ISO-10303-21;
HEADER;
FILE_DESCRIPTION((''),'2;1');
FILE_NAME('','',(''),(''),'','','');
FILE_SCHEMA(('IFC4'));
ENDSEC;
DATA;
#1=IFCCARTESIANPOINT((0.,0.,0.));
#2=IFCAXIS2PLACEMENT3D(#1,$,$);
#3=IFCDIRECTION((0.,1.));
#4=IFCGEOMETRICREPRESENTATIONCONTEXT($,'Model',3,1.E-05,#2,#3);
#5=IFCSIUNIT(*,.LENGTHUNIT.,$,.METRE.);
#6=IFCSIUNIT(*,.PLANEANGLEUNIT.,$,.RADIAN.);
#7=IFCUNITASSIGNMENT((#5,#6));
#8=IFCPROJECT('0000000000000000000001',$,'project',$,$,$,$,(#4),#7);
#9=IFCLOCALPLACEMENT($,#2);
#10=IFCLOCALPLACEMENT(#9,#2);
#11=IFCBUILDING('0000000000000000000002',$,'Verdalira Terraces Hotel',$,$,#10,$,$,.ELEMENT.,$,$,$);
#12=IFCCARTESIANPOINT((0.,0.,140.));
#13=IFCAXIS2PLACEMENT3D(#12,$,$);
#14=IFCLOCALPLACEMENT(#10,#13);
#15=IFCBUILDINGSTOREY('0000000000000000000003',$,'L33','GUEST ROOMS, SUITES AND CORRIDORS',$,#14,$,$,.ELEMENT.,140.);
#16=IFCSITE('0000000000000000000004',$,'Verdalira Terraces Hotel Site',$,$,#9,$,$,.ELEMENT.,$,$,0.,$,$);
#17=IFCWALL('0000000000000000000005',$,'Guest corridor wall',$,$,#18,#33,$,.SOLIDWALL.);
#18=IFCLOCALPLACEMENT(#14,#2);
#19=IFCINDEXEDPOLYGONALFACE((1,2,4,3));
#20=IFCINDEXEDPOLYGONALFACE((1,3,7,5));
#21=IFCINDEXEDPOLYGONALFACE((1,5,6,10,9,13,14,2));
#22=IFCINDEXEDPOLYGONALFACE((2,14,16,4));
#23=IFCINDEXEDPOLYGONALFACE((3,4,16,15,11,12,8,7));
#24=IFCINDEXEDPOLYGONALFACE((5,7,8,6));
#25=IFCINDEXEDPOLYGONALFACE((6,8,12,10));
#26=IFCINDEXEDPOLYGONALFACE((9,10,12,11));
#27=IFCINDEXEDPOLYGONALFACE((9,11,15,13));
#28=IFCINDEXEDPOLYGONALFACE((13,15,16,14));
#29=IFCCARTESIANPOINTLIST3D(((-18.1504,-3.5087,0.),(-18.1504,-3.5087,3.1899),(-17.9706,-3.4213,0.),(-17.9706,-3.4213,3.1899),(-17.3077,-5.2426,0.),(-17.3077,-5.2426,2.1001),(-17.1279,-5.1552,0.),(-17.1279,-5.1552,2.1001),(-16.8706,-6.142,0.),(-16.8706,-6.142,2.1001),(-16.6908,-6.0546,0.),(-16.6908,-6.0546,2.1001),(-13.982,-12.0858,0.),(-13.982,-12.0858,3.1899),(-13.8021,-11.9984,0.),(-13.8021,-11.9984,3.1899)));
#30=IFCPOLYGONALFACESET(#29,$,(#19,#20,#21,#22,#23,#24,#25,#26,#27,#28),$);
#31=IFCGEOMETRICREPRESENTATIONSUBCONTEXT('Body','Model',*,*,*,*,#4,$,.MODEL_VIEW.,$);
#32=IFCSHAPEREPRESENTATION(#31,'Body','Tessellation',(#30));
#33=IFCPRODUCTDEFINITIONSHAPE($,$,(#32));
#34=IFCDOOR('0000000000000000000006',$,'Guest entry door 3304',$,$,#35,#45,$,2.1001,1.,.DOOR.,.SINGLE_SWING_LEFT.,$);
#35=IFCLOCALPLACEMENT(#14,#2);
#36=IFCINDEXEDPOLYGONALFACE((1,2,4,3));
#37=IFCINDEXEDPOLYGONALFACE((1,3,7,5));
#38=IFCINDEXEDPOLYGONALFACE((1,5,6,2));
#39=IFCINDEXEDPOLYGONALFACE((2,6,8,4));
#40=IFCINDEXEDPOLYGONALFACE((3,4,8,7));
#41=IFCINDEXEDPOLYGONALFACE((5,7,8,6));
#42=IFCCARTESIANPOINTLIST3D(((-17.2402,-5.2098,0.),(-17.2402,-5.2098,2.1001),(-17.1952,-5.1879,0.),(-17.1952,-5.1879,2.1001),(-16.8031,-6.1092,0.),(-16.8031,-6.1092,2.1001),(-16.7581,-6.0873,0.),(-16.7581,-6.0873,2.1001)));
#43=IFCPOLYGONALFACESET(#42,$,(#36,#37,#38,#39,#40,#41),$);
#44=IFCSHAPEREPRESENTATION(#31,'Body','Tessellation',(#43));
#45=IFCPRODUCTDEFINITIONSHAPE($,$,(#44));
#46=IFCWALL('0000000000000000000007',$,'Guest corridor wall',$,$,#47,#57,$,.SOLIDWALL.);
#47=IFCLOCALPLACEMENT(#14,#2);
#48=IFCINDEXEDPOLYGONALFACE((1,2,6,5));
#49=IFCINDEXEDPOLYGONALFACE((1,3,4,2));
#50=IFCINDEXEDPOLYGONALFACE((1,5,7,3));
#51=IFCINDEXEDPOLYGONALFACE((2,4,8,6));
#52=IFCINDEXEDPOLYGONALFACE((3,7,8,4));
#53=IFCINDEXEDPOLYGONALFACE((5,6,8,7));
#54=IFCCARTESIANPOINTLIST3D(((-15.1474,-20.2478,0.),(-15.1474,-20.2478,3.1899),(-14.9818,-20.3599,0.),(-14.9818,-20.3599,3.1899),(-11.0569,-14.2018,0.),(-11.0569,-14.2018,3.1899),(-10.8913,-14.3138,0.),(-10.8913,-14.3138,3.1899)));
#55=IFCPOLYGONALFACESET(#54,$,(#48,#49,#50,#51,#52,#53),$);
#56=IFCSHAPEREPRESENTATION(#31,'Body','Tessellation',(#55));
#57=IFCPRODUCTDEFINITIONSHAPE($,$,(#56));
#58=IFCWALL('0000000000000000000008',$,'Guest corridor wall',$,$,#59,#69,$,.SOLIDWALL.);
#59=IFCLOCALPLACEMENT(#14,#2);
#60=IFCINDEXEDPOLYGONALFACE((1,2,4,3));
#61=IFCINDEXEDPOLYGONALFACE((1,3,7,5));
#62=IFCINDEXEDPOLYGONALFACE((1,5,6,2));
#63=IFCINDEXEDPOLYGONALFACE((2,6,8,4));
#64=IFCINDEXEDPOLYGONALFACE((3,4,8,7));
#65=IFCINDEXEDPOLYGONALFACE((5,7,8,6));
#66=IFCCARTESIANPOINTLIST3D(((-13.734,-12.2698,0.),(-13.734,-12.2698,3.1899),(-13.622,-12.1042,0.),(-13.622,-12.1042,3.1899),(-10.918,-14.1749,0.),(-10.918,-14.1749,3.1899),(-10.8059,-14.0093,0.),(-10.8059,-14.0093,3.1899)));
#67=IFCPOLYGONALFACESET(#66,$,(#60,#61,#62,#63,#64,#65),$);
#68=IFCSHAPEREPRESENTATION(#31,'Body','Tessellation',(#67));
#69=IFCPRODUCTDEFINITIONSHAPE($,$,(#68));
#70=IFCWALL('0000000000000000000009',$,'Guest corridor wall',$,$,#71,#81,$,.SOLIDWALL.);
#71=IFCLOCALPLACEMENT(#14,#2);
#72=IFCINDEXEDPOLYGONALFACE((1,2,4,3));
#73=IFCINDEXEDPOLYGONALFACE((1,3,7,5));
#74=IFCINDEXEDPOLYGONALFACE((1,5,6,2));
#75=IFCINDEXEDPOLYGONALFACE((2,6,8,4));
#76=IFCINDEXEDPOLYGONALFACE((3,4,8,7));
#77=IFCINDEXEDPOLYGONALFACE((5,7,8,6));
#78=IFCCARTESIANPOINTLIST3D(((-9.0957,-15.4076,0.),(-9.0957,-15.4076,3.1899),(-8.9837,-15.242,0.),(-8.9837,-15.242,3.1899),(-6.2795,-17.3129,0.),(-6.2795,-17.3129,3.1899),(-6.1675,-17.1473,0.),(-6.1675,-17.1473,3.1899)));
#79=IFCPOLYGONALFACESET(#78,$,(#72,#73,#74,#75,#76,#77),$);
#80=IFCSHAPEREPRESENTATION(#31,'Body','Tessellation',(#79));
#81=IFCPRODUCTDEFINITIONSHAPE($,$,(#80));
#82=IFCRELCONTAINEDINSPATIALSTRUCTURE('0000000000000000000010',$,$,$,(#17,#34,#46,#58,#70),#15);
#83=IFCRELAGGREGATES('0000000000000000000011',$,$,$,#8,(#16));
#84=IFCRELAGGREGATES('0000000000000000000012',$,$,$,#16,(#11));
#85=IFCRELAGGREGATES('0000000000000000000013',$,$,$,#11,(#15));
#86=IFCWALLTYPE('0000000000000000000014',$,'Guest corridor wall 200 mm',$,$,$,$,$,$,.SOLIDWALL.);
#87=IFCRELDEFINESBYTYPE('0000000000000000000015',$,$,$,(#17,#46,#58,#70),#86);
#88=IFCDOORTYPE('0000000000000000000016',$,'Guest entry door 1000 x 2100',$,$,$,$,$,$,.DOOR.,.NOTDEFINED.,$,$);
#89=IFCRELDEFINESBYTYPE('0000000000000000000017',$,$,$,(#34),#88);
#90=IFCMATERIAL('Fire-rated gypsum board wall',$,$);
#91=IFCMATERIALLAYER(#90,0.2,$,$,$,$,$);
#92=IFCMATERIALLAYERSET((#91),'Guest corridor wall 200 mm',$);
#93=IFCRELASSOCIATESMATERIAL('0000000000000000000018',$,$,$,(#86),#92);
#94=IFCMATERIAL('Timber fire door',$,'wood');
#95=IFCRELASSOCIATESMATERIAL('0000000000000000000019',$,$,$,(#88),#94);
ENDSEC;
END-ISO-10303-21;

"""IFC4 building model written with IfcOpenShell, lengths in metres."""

from ifc_helpers import new_model, si_unit, direction, frame, frame_2d, origin, place, context, subcontext, project, spatial, rectangle, extrude, material, layer, layer_set, type_object, element, fill, save


model = new_model("IFC4")

# Units and contexts
model_context = context("Model", 3, precision=1e-05, world=origin(), true_north=direction((0.0, 1.0)))
body_context = subcontext(model_context, "Body", "Model", "MODEL_VIEW")
ifc_project = project(units=[si_unit("LENGTHUNIT", "METRE"), si_unit("PLANEANGLEUNIT", "RADIAN")], contexts=[model_context])

# Site, building, storey
site_placement = place(None, origin())
site = spatial("IfcSite", under=ifc_project, at=site_placement, Name="Verdalira Terraces Hotel Site", CompositionType="ELEMENT", RefElevation=0.0)
building_placement = place(site_placement, origin())
building = spatial("IfcBuilding", under=site, at=building_placement, Name="Verdalira Terraces Hotel", CompositionType="ELEMENT")
storey_placement = place(building_placement, frame((0.0, 0.0, 140.0)))
storey = spatial("IfcBuildingStorey", under=building, at=storey_placement, Name="L33", Description="GUEST ROOMS, SUITES AND CORRIDORS", CompositionType="ELEMENT", Elevation=140.0)

# Wall, opening, door
ifc_material_1 = material(Name="Fire-rated gypsum board wall")
ifc_layer_1 = layer(ifc_material_1, 0.2)
ifc_layer_set_1 = layer_set([ifc_layer_1], Name="Guest corridor wall 200 mm")
wall_type_1 = type_object("IfcWallType", Name="Guest corridor wall 200 mm", PredefinedType="SOLIDWALL", material=ifc_layer_set_1)
wall_1_placement = place(storey_placement, frame((-13.8921, -12.042, 0.0), z_axis=(0.0, 0.0, 1.0), x_axis=(-0.437109, 0.899409, 0.0)))
wall_1 = element("IfcWall", 1, at=wall_1_placement, inside=storey, type_object=wall_type_1, Name="Guest corridor wall", PredefinedType="SOLIDWALL", context=body_context, shape_type="SweptSolid", body=[
    extrude(rectangle(XDim=9.5364, YDim=0.2, at=frame_2d((4.7681, 0.0))), origin(), (0.0, 0.0, 1.0), 3.1899),
])
opening_1_placement = place(wall_1_placement, frame((6.6084, 0.0, 0.0)))
opening_1 = element("IfcOpeningElement", 2, at=opening_1_placement, cuts=wall_1, PredefinedType="OPENING", context=body_context, shape_type="SweptSolid", body=[
    extrude(rectangle(XDim=1.0, YDim=2.1001, at=frame_2d((0.5, 1.05))), frame((0.0, 0.1099, 0.0), z_axis=(0.0, -1.0, 0.0), x_axis=(1.0, 0.0, 0.0)), (0.0, 0.0, 1.0), 0.22),
])
ifc_material_2 = material(Name="Timber fire door", Category="wood")
door_type_1 = type_object("IfcDoorType", Name="Guest entry door 1000 x 2100", OperationType="NOTDEFINED", PredefinedType="DOOR", material=ifc_material_2)
door_1_placement = place(opening_1_placement, origin())
door_1 = element("IfcDoor", 3, at=door_1_placement, inside=storey, type_object=door_type_1, Name="Guest entry door 3304", OperationType="SINGLE_SWING_LEFT", OverallHeight=2.1001, OverallWidth=1.0, PredefinedType="DOOR", context=body_context, shape_type="SweptSolid", body=[
    extrude(rectangle(XDim=1.0, YDim=2.1001, at=frame_2d((0.5, 1.05))), frame((0.0, 0.0249, 0.0), z_axis=(0.0, -1.0, 0.0), x_axis=(1.0, 0.0, 0.0)), (0.0, 0.0, 1.0), 0.05),
])
fill(opening_1, door_1)

# Walls
wall_2_placement = place(storey_placement, frame((-10.9741, -14.2578, 0.0), z_axis=(0.0, 0.0, 1.0), x_axis=(-0.56036, -0.828249, 0.0)))
element("IfcWall", 4, at=wall_2_placement, inside=storey, type_object=wall_type_1, Name="Guest corridor wall", PredefinedType="SOLIDWALL", context=body_context, shape_type="SweptSolid", body=[
    extrude(rectangle(XDim=7.2998, YDim=0.2, at=frame_2d((3.6499, 0.0))), origin(), (0.0, 0.0, 1.0), 3.1899),
])
wall_3_placement = place(storey_placement, frame((-13.678, -12.187, 0.0), z_axis=(0.0, 0.0, 1.0), x_axis=(0.828264, -0.560338, 0.0)))
element("IfcWall", 5, at=wall_3_placement, inside=storey, type_object=wall_type_1, Name="Guest corridor wall", PredefinedType="SOLIDWALL", context=body_context, shape_type="SweptSolid", body=[
    extrude(rectangle(XDim=3.3999, YDim=0.2, at=frame_2d((1.7, 0.0))), origin(), (0.0, 0.0, 1.0), 3.1899),
])
wall_4_placement = place(storey_placement, frame((-9.0398, -15.3247, 0.0), z_axis=(0.0, 0.0, 1.0), x_axis=(0.828253, -0.560354, 0.0)))
element("IfcWall", 6, at=wall_4_placement, inside=storey, type_object=wall_type_1, Name="Guest corridor wall", PredefinedType="SOLIDWALL", context=body_context, shape_type="SweptSolid", body=[
    extrude(rectangle(XDim=3.4001, YDim=0.2, at=frame_2d((1.7002, 0.0))), origin(), (0.0, 0.0, 1.0), 3.1899),
])

save(model, "model.ifc")
